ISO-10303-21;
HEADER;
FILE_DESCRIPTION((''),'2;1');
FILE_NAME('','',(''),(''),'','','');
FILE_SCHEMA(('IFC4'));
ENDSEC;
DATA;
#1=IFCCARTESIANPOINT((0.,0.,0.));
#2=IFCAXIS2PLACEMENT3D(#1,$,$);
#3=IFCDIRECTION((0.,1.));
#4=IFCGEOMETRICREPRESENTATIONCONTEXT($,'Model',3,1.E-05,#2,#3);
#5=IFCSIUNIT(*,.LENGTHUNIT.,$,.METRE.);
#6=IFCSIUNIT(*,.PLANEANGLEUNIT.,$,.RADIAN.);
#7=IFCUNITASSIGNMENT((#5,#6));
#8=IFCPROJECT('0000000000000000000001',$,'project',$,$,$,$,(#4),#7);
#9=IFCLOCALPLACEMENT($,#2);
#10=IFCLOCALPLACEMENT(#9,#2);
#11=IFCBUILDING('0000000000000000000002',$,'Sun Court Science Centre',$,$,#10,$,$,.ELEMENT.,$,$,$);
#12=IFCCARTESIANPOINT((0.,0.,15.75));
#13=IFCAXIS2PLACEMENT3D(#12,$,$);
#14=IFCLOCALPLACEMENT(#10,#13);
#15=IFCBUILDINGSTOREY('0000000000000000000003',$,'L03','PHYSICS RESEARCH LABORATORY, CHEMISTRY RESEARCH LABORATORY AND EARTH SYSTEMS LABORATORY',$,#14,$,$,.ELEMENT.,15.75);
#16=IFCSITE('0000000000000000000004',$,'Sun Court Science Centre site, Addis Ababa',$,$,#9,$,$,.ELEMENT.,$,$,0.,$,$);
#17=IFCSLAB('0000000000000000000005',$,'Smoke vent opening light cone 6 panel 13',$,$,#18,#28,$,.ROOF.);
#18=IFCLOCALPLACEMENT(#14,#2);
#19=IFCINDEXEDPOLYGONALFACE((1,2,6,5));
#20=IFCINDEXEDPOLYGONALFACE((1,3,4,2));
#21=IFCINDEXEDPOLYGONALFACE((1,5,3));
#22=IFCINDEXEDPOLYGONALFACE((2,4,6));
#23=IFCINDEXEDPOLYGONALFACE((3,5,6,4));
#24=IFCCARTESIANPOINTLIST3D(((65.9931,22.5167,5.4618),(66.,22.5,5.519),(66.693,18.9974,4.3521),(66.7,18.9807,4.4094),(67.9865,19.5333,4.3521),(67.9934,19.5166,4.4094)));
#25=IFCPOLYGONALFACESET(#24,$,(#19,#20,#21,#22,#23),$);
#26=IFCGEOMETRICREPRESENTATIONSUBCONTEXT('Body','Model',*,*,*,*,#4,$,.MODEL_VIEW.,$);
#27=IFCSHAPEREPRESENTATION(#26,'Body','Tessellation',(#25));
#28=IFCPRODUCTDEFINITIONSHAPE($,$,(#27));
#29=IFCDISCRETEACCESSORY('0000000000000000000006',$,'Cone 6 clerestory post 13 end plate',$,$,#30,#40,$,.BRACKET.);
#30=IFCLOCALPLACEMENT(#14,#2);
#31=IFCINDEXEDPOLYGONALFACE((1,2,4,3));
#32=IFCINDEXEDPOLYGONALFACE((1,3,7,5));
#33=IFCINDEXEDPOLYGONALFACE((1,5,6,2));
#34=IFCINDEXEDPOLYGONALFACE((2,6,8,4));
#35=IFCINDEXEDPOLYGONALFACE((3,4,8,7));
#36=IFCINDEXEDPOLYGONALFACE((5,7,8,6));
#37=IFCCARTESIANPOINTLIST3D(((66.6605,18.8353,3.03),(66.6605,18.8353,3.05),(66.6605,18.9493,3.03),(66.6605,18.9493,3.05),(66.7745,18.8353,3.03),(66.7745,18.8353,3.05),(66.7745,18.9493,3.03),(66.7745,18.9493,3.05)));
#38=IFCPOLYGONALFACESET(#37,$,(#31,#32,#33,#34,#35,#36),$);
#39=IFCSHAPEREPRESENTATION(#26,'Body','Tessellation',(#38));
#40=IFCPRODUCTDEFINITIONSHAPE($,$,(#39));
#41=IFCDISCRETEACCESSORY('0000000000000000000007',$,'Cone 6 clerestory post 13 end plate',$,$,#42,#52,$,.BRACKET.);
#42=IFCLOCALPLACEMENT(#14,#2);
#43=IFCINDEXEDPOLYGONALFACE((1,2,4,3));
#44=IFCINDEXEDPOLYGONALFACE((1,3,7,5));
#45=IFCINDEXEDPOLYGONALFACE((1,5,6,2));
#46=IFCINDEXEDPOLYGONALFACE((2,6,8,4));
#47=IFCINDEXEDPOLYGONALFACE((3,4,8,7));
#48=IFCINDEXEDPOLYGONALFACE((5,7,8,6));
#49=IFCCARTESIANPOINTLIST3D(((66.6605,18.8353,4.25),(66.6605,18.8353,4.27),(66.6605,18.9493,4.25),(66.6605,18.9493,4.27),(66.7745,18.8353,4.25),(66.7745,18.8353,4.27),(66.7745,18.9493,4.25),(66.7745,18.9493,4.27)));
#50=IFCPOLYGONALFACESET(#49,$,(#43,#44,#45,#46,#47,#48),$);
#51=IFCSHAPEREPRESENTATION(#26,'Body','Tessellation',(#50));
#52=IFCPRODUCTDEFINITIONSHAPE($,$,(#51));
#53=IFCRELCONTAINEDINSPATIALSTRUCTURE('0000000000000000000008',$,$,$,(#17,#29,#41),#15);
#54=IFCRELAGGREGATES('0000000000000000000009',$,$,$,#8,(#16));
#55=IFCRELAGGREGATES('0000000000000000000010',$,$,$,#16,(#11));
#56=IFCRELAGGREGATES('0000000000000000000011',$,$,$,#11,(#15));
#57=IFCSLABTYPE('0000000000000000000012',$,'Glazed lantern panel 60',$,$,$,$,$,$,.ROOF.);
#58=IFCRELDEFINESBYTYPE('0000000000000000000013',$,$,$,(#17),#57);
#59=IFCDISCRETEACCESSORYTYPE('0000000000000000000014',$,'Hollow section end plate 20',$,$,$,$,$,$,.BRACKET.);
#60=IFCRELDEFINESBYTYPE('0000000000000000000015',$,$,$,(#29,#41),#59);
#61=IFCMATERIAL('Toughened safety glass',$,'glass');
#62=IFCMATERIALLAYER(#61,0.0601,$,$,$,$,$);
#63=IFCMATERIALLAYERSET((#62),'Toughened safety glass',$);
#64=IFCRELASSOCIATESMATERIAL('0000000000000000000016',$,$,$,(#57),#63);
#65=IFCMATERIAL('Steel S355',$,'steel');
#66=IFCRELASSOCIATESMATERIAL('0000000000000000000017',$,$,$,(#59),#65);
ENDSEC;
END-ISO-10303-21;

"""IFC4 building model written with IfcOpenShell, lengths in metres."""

from ifc_helpers import new_model, si_unit, direction, frame, origin, origin_2d, place, context, subcontext, project, spatial, polyline, rectangle, outline, extrude, material, layer, layer_set, type_object, element, save


model = new_model("IFC4")

# Units and contexts
model_context = context("Model", 3, precision=1e-05, world=origin(), true_north=direction((0.0, 1.0)))
body_context = subcontext(model_context, "Body", "Model", "MODEL_VIEW")
ifc_project = project(units=[si_unit("LENGTHUNIT", "METRE"), si_unit("PLANEANGLEUNIT", "RADIAN")], contexts=[model_context])

# Site, building, storey
site_placement = place(None, origin())
site = spatial("IfcSite", under=ifc_project, at=site_placement, Name="Sun Court Science Centre site, Addis Ababa", CompositionType="ELEMENT", RefElevation=0.0)
building_placement = place(site_placement, origin())
building = spatial("IfcBuilding", under=site, at=building_placement, Name="Sun Court Science Centre", CompositionType="ELEMENT")
storey_placement = place(building_placement, frame((0.0, 0.0, 15.75)))
storey = spatial("IfcBuildingStorey", under=building, at=storey_placement, Name="L03", Description="PHYSICS RESEARCH LABORATORY, CHEMISTRY RESEARCH LABORATORY AND EARTH SYSTEMS LABORATORY", CompositionType="ELEMENT", Elevation=15.75)

# Slab
ifc_material_1 = material(Name="Toughened safety glass", Category="glass")
ifc_layer_1 = layer(ifc_material_1, 0.0601)
ifc_layer_set_1 = layer_set([ifc_layer_1], Name="Toughened safety glass")
slab_type = type_object("IfcSlabType", Name="Glazed lantern panel 60", PredefinedType="ROOF", material=ifc_layer_set_1)
slab_1_placement = place(storey_placement, frame((66.7, 18.9807, 4.4094), z_axis=(0.115099, -0.277811, 0.953715), x_axis=(0.923849, 0.382757, 0.0)))
element("IfcSlab", 1, at=slab_1_placement, inside=storey, type_object=slab_type, Name="Smoke vent opening light cone 6 panel 13", PredefinedType="ROOF", context=body_context, shape_type="SweptSolid", body=[
    extrude(outline(polyline([(0.0, 0.0), (1.4001, 0.0), (0.7004, 3.69), (0.0, 0.0)])), origin(), (0.0, 0.0, -1.0), 0.0601),
])

# Discrete accessories
ifc_material_2 = material(Name="Steel S355", Category="steel")
discrete_accessory_type = type_object("IfcDiscreteAccessoryType", Name="Hollow section end plate 20", PredefinedType="BRACKET", material=ifc_material_2)
for number, where, z_axis, x_axis, name in (
    (2, (66.7175, 18.8923, 3.03), (0.0, 0.0, 1.0), (1.0, 0.0, 0.0), "Cone 6 clerestory post 13 end plate"),
    (3, (66.7175, 18.8923, 4.25), (0.0, 0.0, 1.0), (1.0, 0.0, 0.0), "Cone 6 clerestory post 13 end plate"),
):
    element("IfcDiscreteAccessory", number, at=place(storey_placement, frame(where, z_axis=z_axis, x_axis=x_axis)), inside=storey, type_object=discrete_accessory_type, Name=name, PredefinedType="BRACKET", context=body_context, shape_type="SweptSolid", body=[
        extrude(rectangle(XDim=0.114, YDim=0.114, at=origin_2d()), origin(), (0.0, 0.0, 1.0), 0.02),
    ])

save(model, "model.ifc")
